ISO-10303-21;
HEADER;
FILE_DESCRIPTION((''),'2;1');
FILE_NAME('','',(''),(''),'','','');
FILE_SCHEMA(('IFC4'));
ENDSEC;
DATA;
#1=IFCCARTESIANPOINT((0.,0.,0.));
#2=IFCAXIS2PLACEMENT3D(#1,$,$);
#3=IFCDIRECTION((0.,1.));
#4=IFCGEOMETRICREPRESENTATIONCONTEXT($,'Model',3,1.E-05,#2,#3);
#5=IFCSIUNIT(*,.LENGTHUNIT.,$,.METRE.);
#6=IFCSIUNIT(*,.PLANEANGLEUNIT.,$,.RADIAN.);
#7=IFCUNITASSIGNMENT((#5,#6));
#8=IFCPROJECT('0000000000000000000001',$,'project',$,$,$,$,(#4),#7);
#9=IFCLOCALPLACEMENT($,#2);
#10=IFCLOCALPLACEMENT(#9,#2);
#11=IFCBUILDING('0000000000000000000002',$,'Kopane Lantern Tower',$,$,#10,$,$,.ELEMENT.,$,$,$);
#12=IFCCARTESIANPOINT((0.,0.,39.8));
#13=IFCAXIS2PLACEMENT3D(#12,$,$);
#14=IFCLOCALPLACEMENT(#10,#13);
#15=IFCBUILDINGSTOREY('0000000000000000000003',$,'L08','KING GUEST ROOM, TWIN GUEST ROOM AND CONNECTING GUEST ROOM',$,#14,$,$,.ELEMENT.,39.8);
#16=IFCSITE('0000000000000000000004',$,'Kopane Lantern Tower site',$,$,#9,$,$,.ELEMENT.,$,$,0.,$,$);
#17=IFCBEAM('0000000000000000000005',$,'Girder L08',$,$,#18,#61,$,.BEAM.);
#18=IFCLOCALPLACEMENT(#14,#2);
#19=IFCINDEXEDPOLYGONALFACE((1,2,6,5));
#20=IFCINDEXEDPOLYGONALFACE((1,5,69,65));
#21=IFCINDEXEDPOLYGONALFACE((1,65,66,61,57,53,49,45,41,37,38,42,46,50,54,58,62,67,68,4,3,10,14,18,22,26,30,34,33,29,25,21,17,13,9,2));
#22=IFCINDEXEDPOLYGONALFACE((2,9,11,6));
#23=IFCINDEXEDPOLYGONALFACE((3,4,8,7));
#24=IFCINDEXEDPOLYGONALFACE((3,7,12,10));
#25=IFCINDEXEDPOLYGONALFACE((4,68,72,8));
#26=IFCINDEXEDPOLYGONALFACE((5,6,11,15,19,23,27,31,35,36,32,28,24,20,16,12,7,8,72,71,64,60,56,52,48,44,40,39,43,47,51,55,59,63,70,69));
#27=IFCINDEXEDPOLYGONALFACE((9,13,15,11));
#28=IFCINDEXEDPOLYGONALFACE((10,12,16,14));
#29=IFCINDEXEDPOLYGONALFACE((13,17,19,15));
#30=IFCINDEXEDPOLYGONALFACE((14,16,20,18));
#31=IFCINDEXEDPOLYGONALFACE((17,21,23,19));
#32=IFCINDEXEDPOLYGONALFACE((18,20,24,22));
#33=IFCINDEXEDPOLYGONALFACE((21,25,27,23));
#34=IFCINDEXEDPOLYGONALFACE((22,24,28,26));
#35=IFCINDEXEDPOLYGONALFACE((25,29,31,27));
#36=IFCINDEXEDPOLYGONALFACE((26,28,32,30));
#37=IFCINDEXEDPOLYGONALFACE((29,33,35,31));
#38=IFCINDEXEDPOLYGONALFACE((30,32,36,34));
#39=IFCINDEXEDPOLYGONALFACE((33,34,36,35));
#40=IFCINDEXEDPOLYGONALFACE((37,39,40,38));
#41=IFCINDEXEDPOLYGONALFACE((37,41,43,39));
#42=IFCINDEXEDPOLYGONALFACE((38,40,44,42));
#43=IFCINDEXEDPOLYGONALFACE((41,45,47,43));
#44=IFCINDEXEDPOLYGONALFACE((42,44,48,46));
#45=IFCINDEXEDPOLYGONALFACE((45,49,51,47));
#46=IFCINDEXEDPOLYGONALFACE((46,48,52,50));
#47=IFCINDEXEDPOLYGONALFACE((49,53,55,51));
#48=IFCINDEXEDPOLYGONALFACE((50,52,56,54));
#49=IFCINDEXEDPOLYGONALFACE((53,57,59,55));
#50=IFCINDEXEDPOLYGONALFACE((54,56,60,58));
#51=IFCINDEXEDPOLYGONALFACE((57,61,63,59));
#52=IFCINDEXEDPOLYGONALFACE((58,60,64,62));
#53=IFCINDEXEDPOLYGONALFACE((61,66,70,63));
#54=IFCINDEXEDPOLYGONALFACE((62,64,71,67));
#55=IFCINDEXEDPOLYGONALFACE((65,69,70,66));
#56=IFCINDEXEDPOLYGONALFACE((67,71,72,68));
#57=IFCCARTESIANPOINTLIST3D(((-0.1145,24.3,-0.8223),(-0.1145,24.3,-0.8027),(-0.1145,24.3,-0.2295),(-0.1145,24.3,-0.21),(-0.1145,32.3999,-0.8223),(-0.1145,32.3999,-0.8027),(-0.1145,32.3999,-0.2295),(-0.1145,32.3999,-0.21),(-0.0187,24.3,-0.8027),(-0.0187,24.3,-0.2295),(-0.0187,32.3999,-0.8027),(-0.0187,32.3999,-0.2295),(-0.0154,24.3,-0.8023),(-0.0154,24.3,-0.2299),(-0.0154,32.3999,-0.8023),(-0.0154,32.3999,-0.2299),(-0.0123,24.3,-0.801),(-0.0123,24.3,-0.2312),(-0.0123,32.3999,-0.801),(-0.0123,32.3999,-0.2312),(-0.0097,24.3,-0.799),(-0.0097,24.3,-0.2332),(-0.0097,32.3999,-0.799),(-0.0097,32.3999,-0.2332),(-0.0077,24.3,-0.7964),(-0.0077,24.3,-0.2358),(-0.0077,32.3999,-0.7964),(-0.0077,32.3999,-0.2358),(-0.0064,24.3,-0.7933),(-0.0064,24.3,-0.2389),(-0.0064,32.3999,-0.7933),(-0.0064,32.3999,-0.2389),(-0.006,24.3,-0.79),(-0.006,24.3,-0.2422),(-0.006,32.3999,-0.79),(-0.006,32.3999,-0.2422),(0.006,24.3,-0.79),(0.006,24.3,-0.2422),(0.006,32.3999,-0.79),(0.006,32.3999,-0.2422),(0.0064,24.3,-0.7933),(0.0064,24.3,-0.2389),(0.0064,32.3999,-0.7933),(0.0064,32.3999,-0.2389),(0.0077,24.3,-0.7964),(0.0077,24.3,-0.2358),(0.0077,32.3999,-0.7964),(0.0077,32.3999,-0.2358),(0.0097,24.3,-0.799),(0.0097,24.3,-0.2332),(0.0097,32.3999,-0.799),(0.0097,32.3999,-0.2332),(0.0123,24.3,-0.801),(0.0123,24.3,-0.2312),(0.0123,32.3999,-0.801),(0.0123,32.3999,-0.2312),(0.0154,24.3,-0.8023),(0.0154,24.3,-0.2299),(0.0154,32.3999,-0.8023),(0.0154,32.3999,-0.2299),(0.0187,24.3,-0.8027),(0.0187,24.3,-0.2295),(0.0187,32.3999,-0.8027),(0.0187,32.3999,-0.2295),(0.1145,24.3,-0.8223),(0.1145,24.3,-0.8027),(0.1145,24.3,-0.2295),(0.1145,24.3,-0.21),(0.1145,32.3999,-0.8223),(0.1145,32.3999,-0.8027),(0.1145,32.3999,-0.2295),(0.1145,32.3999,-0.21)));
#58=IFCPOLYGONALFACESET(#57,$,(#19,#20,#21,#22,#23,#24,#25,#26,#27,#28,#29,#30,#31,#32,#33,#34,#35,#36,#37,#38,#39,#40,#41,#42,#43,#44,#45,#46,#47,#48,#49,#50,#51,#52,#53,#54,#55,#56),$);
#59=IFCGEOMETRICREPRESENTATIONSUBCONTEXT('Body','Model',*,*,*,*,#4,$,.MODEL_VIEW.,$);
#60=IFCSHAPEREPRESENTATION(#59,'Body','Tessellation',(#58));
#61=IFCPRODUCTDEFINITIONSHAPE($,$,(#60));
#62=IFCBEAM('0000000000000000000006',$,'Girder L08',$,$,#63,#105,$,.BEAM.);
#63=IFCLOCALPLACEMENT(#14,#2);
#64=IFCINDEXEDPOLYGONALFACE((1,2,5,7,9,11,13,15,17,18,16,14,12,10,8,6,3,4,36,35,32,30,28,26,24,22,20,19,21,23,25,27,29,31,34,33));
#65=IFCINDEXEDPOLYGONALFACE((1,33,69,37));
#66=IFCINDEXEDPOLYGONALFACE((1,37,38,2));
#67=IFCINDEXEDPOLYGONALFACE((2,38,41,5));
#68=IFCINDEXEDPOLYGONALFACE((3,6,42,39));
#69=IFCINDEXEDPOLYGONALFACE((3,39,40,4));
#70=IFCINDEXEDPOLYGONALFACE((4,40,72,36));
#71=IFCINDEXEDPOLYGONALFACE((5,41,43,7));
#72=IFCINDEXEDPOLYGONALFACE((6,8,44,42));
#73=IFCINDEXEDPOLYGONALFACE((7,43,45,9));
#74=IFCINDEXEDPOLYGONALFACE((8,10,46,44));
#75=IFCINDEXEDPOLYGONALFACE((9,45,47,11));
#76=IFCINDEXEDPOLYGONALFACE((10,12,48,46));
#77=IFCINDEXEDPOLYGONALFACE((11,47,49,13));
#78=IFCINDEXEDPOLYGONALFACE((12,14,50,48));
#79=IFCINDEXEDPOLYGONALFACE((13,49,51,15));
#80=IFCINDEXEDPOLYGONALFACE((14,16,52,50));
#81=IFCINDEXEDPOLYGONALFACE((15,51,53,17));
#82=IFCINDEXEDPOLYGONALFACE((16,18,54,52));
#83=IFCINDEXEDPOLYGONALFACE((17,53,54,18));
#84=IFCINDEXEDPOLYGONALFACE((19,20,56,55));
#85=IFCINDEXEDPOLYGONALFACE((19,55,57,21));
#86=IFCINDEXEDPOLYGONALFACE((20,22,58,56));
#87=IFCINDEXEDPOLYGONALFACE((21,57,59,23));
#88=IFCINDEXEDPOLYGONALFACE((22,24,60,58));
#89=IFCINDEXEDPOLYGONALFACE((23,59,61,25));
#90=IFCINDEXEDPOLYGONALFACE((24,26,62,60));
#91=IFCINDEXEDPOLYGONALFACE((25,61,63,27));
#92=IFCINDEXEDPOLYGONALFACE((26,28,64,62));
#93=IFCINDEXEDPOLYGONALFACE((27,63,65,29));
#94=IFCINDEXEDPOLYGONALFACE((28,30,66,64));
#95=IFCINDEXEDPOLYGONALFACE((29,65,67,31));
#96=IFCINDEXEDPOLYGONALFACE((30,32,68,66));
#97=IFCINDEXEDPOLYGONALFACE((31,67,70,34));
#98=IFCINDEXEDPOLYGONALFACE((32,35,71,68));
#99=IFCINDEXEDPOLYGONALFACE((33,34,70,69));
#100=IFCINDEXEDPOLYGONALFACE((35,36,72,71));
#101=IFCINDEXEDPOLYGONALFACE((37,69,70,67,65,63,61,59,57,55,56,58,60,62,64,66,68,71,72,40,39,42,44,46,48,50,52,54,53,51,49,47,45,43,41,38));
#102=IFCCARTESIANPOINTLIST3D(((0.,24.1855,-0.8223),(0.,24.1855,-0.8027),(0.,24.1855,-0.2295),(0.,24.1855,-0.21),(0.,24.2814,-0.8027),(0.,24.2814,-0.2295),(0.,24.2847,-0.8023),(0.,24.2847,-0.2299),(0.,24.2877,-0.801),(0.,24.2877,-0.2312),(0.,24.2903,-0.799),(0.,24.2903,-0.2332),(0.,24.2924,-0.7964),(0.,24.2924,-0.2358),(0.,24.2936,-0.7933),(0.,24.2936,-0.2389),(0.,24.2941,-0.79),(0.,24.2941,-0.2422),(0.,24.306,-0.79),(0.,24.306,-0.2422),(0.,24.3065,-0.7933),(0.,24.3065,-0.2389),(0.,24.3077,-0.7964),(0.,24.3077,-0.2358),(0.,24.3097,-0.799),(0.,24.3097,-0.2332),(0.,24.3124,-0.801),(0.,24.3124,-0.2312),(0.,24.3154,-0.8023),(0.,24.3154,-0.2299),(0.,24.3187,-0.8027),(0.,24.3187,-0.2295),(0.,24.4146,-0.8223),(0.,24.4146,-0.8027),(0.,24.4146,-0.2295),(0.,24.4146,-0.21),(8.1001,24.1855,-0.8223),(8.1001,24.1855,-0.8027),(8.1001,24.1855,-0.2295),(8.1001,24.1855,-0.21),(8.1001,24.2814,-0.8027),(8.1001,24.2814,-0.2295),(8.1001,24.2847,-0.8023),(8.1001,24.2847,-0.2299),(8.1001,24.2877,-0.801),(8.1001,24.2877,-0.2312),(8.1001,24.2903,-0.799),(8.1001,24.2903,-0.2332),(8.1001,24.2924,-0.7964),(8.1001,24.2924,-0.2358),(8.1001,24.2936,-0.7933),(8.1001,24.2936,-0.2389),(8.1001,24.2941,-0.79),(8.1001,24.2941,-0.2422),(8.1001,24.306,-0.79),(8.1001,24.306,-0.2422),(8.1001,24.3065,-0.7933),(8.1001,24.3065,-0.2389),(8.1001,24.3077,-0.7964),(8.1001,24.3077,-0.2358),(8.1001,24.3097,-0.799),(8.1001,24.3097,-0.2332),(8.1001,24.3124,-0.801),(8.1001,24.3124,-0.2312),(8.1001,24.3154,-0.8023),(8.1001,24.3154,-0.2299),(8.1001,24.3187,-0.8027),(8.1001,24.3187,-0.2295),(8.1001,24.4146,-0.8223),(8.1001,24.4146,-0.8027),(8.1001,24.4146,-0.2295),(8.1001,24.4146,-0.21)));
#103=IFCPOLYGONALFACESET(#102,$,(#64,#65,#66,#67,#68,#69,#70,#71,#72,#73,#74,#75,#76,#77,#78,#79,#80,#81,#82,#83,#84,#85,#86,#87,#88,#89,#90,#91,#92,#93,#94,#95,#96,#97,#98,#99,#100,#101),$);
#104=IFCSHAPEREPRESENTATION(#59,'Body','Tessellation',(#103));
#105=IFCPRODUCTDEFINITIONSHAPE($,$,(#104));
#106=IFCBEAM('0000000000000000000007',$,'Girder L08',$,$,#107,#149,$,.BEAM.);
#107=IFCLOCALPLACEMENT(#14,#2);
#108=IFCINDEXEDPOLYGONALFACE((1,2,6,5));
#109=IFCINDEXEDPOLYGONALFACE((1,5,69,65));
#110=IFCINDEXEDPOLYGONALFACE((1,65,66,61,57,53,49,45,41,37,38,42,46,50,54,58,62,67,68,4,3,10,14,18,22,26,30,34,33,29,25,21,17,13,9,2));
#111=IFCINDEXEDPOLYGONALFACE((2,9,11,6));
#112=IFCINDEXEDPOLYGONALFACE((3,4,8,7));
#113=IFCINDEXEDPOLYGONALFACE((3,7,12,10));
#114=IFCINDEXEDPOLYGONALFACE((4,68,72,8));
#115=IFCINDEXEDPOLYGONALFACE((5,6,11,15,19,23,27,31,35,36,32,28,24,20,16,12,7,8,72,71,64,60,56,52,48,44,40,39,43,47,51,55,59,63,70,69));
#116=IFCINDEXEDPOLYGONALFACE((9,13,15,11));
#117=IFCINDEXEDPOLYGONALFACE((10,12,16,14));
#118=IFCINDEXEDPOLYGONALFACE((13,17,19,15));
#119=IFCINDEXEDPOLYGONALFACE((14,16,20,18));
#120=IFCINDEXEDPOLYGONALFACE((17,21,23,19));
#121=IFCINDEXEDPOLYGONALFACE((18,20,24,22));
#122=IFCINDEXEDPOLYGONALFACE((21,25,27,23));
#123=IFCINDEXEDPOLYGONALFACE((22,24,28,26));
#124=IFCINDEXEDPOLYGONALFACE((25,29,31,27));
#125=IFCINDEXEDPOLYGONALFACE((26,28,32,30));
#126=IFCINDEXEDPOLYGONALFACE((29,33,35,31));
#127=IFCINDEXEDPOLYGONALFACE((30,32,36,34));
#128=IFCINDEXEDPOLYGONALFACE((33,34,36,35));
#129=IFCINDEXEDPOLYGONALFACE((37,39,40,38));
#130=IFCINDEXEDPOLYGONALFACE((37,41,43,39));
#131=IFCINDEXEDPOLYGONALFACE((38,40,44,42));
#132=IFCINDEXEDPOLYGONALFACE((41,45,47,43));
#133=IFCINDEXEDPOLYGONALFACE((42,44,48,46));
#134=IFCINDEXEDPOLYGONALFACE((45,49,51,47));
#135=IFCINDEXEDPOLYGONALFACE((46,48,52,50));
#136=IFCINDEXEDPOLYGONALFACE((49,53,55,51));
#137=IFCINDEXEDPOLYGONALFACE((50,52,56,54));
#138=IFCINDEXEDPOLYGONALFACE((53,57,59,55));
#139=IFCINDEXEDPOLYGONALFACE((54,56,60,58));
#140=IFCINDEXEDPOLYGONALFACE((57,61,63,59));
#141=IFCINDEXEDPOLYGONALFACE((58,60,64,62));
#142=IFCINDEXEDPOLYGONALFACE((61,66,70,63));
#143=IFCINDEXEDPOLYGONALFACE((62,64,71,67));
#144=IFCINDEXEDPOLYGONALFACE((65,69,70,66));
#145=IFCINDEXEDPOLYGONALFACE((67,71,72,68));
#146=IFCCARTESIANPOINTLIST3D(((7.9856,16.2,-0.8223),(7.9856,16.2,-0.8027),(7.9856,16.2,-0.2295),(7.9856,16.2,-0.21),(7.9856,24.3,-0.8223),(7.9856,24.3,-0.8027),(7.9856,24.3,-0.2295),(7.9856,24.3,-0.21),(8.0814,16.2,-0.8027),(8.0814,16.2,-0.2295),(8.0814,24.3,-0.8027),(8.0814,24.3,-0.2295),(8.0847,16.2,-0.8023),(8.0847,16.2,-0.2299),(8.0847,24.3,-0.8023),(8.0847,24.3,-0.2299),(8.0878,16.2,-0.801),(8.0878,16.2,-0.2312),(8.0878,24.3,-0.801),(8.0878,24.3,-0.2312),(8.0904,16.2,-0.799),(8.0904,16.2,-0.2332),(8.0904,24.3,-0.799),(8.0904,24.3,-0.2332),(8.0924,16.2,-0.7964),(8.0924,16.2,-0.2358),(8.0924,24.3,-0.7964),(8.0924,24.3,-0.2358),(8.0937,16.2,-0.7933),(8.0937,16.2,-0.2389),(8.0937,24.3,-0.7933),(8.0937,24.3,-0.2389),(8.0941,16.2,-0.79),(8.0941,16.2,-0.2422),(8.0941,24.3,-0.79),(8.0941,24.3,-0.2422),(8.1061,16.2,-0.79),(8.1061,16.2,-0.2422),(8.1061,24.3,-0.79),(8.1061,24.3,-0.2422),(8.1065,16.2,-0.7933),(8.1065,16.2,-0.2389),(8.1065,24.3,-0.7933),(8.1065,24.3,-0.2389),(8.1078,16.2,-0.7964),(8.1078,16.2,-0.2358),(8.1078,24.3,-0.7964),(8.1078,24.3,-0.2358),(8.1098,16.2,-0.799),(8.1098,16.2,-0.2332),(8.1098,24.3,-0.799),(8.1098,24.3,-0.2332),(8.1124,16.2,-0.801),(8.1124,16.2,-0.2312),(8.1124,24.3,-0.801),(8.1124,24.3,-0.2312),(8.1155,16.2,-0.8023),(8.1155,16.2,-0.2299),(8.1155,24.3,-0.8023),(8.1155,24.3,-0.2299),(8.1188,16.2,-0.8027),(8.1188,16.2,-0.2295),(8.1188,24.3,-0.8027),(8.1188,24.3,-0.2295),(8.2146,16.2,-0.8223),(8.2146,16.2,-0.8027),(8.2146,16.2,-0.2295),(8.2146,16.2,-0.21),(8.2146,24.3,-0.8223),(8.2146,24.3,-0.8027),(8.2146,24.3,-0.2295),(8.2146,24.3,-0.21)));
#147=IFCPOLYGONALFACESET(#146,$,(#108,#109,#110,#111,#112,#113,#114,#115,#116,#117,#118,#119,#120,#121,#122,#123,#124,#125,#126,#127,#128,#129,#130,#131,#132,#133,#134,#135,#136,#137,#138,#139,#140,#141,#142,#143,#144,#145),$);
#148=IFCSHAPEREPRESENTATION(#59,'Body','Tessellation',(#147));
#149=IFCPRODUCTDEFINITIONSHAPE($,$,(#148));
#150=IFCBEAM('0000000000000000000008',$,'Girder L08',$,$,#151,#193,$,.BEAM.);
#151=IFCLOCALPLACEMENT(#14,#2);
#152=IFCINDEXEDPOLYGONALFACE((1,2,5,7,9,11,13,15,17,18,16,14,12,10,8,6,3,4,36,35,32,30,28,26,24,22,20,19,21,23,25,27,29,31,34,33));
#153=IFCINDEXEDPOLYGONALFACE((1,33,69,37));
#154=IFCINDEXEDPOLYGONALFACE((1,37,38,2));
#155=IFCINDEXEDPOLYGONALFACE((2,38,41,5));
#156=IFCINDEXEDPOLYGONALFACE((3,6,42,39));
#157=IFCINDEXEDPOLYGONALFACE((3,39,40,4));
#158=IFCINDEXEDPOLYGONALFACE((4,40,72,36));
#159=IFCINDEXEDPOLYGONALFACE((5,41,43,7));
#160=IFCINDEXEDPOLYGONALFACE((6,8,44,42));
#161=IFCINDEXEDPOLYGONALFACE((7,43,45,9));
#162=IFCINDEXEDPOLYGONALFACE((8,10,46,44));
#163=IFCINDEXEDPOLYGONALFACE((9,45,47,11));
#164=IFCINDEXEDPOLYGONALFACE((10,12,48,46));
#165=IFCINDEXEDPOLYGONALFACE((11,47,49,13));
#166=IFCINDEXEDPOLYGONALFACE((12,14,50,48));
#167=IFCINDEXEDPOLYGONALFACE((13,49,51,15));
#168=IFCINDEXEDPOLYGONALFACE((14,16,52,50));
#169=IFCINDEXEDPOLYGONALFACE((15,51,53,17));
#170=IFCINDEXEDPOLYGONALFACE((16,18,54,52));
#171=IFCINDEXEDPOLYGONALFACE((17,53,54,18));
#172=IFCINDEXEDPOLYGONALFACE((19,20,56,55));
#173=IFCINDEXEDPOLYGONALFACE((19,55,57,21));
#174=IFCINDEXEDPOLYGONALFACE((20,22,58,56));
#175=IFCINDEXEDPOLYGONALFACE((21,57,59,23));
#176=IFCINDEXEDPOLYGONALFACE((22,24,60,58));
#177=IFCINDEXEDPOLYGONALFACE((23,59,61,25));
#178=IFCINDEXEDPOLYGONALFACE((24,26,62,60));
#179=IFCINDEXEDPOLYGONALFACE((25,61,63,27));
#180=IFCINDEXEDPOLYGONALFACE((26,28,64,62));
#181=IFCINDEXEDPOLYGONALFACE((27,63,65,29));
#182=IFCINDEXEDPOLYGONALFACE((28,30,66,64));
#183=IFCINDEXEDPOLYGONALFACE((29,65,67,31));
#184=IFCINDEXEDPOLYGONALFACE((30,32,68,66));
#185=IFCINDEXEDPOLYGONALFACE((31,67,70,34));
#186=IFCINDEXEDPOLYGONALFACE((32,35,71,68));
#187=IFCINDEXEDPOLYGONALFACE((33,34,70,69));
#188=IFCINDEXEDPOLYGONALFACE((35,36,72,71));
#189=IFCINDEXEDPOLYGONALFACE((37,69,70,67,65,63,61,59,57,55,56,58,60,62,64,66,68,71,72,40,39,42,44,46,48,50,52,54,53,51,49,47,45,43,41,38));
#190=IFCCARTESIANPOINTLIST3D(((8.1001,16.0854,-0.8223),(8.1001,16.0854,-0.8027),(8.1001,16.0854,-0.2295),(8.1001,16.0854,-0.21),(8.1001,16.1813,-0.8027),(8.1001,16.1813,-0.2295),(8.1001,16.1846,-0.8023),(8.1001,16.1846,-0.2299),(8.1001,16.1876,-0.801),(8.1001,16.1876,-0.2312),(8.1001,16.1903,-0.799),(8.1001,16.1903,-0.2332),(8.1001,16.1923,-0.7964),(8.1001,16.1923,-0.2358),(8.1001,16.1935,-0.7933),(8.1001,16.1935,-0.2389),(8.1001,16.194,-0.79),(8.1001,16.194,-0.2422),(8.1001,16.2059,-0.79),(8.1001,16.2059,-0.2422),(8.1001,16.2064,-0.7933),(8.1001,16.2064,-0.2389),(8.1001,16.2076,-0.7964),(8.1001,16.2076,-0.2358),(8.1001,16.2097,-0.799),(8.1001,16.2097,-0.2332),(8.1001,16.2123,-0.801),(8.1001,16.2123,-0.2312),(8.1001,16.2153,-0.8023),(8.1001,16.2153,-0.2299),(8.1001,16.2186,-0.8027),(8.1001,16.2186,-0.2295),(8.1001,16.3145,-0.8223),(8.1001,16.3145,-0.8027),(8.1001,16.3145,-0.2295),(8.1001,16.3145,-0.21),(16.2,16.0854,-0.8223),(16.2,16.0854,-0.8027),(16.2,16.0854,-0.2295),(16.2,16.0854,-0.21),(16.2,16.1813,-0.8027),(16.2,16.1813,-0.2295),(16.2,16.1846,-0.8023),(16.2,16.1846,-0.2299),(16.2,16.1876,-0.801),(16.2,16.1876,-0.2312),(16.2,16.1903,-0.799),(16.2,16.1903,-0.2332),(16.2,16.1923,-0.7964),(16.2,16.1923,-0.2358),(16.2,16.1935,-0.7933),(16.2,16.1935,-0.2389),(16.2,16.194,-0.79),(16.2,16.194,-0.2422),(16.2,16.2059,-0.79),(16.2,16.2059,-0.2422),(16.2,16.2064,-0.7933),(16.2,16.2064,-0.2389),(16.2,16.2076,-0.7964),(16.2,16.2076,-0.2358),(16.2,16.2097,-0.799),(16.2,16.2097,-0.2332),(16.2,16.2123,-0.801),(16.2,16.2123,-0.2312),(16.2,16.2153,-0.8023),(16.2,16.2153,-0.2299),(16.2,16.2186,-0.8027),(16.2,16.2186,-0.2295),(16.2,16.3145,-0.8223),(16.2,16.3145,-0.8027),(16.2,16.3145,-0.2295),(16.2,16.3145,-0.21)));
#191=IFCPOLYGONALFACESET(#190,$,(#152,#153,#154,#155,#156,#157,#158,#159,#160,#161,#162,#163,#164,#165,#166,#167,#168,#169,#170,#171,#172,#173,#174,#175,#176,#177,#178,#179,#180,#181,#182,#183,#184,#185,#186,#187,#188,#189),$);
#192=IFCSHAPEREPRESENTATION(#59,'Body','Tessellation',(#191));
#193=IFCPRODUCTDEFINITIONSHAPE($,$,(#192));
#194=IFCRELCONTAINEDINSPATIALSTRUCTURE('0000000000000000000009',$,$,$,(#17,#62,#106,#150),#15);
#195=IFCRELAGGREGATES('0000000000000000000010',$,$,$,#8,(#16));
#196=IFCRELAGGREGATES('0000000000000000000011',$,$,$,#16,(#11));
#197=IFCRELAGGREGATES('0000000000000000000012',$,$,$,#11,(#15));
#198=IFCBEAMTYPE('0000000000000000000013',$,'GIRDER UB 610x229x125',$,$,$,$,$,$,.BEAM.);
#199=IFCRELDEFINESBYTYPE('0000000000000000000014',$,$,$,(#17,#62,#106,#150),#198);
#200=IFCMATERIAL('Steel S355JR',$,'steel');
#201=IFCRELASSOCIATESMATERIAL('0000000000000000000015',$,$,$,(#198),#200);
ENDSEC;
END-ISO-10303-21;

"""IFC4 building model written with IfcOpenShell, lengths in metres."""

from ifc_helpers import new_model, si_unit, direction, frame, origin, origin_2d, place, context, subcontext, project, spatial, i_section, extrude, material, material_profile, profile_set, type_object, element, save


model = new_model("IFC4")

# Units and contexts
model_context = context("Model", 3, precision=1e-05, world=origin(), true_north=direction((0.0, 1.0)))
body_context = subcontext(model_context, "Body", "Model", "MODEL_VIEW")
ifc_project = project(units=[si_unit("LENGTHUNIT", "METRE"), si_unit("PLANEANGLEUNIT", "RADIAN")], contexts=[model_context])

# Site, building, storey
site_placement = place(None, origin())
site = spatial("IfcSite", under=ifc_project, at=site_placement, Name="Kopane Lantern Tower site", CompositionType="ELEMENT", RefElevation=0.0)
building_placement = place(site_placement, origin())
building = spatial("IfcBuilding", under=site, at=building_placement, Name="Kopane Lantern Tower", CompositionType="ELEMENT")
storey_placement = place(building_placement, frame((0.0, 0.0, 39.8)))
storey = spatial("IfcBuildingStorey", under=building, at=storey_placement, Name="L08", Description="KING GUEST ROOM, TWIN GUEST ROOM AND CONNECTING GUEST ROOM", CompositionType="ELEMENT", Elevation=39.8)

# Beams
ifc_material_1 = material(Name="Steel S355JR", Category="steel")
ifc_material_profile_1 = material_profile(ifc_material_1, i_section(OverallWidth=0.229, OverallDepth=0.6123, WebThickness=0.012, FlangeThickness=0.0195, FilletRadius=0.0127, at=origin_2d()), Name="UB 610x229x125")
ifc_profile_set_1 = profile_set([ifc_material_profile_1], Name="Steel S355JR")
beam_type = type_object("IfcBeamType", Name="GIRDER UB 610x229x125", PredefinedType="BEAM", material=ifc_profile_set_1)
beam_placement = place(storey_placement, frame((0.0, 24.3, -0.5161), z_axis=(0.0, 1.0, 0.0), x_axis=(-1.0, 0.0, 0.0)))
element("IfcBeam", 1, at=beam_placement, inside=storey, type_object=beam_type, Name="Girder L08", PredefinedType="BEAM", context=body_context, shape_type="SweptSolid", body=[
    extrude(i_section(OverallWidth=0.229, OverallDepth=0.6123, WebThickness=0.012, FlangeThickness=0.0195, FilletRadius=0.0127, at=origin_2d()), origin(), (0.0, 0.0, 1.0), 8.0999),
])
for number, where, z_axis, x_axis, name in (
    (2, (0.0, 24.3, -0.5161), (1.0, 0.0, 0.0), (0.0, 1.0, 0.0), "Girder L08"),
    (3, (8.1001, 16.2, -0.5161), (0.0, 1.0, 0.0), (-1.0, 0.0, 0.0), "Girder L08"),
):
    element("IfcBeam", number, at=place(storey_placement, frame(where, z_axis=z_axis, x_axis=x_axis)), inside=storey, type_object=beam_type, Name=name, PredefinedType="BEAM", context=body_context, shape_type="SweptSolid", body=[
        extrude(i_section(OverallWidth=0.229, OverallDepth=0.6123, WebThickness=0.012, FlangeThickness=0.0195, FilletRadius=0.0127, at=origin_2d()), origin(), (0.0, 0.0, 1.0), 8.1001),
    ])
for number, where, z_axis, x_axis, name in (
    (4, (8.1001, 16.2, -0.5161), (1.0, 0.0, 0.0), (0.0, 1.0, 0.0), "Girder L08"),
):
    element("IfcBeam", number, at=place(storey_placement, frame(where, z_axis=z_axis, x_axis=x_axis)), inside=storey, type_object=beam_type, Name=name, PredefinedType="BEAM", context=body_context, shape_type="SweptSolid", body=[
        extrude(i_section(OverallWidth=0.229, OverallDepth=0.6123, WebThickness=0.012, FlangeThickness=0.0195, FilletRadius=0.0127, at=origin_2d()), origin(), (0.0, 0.0, 1.0), 8.0999),
    ])

save(model, "model.ifc")
